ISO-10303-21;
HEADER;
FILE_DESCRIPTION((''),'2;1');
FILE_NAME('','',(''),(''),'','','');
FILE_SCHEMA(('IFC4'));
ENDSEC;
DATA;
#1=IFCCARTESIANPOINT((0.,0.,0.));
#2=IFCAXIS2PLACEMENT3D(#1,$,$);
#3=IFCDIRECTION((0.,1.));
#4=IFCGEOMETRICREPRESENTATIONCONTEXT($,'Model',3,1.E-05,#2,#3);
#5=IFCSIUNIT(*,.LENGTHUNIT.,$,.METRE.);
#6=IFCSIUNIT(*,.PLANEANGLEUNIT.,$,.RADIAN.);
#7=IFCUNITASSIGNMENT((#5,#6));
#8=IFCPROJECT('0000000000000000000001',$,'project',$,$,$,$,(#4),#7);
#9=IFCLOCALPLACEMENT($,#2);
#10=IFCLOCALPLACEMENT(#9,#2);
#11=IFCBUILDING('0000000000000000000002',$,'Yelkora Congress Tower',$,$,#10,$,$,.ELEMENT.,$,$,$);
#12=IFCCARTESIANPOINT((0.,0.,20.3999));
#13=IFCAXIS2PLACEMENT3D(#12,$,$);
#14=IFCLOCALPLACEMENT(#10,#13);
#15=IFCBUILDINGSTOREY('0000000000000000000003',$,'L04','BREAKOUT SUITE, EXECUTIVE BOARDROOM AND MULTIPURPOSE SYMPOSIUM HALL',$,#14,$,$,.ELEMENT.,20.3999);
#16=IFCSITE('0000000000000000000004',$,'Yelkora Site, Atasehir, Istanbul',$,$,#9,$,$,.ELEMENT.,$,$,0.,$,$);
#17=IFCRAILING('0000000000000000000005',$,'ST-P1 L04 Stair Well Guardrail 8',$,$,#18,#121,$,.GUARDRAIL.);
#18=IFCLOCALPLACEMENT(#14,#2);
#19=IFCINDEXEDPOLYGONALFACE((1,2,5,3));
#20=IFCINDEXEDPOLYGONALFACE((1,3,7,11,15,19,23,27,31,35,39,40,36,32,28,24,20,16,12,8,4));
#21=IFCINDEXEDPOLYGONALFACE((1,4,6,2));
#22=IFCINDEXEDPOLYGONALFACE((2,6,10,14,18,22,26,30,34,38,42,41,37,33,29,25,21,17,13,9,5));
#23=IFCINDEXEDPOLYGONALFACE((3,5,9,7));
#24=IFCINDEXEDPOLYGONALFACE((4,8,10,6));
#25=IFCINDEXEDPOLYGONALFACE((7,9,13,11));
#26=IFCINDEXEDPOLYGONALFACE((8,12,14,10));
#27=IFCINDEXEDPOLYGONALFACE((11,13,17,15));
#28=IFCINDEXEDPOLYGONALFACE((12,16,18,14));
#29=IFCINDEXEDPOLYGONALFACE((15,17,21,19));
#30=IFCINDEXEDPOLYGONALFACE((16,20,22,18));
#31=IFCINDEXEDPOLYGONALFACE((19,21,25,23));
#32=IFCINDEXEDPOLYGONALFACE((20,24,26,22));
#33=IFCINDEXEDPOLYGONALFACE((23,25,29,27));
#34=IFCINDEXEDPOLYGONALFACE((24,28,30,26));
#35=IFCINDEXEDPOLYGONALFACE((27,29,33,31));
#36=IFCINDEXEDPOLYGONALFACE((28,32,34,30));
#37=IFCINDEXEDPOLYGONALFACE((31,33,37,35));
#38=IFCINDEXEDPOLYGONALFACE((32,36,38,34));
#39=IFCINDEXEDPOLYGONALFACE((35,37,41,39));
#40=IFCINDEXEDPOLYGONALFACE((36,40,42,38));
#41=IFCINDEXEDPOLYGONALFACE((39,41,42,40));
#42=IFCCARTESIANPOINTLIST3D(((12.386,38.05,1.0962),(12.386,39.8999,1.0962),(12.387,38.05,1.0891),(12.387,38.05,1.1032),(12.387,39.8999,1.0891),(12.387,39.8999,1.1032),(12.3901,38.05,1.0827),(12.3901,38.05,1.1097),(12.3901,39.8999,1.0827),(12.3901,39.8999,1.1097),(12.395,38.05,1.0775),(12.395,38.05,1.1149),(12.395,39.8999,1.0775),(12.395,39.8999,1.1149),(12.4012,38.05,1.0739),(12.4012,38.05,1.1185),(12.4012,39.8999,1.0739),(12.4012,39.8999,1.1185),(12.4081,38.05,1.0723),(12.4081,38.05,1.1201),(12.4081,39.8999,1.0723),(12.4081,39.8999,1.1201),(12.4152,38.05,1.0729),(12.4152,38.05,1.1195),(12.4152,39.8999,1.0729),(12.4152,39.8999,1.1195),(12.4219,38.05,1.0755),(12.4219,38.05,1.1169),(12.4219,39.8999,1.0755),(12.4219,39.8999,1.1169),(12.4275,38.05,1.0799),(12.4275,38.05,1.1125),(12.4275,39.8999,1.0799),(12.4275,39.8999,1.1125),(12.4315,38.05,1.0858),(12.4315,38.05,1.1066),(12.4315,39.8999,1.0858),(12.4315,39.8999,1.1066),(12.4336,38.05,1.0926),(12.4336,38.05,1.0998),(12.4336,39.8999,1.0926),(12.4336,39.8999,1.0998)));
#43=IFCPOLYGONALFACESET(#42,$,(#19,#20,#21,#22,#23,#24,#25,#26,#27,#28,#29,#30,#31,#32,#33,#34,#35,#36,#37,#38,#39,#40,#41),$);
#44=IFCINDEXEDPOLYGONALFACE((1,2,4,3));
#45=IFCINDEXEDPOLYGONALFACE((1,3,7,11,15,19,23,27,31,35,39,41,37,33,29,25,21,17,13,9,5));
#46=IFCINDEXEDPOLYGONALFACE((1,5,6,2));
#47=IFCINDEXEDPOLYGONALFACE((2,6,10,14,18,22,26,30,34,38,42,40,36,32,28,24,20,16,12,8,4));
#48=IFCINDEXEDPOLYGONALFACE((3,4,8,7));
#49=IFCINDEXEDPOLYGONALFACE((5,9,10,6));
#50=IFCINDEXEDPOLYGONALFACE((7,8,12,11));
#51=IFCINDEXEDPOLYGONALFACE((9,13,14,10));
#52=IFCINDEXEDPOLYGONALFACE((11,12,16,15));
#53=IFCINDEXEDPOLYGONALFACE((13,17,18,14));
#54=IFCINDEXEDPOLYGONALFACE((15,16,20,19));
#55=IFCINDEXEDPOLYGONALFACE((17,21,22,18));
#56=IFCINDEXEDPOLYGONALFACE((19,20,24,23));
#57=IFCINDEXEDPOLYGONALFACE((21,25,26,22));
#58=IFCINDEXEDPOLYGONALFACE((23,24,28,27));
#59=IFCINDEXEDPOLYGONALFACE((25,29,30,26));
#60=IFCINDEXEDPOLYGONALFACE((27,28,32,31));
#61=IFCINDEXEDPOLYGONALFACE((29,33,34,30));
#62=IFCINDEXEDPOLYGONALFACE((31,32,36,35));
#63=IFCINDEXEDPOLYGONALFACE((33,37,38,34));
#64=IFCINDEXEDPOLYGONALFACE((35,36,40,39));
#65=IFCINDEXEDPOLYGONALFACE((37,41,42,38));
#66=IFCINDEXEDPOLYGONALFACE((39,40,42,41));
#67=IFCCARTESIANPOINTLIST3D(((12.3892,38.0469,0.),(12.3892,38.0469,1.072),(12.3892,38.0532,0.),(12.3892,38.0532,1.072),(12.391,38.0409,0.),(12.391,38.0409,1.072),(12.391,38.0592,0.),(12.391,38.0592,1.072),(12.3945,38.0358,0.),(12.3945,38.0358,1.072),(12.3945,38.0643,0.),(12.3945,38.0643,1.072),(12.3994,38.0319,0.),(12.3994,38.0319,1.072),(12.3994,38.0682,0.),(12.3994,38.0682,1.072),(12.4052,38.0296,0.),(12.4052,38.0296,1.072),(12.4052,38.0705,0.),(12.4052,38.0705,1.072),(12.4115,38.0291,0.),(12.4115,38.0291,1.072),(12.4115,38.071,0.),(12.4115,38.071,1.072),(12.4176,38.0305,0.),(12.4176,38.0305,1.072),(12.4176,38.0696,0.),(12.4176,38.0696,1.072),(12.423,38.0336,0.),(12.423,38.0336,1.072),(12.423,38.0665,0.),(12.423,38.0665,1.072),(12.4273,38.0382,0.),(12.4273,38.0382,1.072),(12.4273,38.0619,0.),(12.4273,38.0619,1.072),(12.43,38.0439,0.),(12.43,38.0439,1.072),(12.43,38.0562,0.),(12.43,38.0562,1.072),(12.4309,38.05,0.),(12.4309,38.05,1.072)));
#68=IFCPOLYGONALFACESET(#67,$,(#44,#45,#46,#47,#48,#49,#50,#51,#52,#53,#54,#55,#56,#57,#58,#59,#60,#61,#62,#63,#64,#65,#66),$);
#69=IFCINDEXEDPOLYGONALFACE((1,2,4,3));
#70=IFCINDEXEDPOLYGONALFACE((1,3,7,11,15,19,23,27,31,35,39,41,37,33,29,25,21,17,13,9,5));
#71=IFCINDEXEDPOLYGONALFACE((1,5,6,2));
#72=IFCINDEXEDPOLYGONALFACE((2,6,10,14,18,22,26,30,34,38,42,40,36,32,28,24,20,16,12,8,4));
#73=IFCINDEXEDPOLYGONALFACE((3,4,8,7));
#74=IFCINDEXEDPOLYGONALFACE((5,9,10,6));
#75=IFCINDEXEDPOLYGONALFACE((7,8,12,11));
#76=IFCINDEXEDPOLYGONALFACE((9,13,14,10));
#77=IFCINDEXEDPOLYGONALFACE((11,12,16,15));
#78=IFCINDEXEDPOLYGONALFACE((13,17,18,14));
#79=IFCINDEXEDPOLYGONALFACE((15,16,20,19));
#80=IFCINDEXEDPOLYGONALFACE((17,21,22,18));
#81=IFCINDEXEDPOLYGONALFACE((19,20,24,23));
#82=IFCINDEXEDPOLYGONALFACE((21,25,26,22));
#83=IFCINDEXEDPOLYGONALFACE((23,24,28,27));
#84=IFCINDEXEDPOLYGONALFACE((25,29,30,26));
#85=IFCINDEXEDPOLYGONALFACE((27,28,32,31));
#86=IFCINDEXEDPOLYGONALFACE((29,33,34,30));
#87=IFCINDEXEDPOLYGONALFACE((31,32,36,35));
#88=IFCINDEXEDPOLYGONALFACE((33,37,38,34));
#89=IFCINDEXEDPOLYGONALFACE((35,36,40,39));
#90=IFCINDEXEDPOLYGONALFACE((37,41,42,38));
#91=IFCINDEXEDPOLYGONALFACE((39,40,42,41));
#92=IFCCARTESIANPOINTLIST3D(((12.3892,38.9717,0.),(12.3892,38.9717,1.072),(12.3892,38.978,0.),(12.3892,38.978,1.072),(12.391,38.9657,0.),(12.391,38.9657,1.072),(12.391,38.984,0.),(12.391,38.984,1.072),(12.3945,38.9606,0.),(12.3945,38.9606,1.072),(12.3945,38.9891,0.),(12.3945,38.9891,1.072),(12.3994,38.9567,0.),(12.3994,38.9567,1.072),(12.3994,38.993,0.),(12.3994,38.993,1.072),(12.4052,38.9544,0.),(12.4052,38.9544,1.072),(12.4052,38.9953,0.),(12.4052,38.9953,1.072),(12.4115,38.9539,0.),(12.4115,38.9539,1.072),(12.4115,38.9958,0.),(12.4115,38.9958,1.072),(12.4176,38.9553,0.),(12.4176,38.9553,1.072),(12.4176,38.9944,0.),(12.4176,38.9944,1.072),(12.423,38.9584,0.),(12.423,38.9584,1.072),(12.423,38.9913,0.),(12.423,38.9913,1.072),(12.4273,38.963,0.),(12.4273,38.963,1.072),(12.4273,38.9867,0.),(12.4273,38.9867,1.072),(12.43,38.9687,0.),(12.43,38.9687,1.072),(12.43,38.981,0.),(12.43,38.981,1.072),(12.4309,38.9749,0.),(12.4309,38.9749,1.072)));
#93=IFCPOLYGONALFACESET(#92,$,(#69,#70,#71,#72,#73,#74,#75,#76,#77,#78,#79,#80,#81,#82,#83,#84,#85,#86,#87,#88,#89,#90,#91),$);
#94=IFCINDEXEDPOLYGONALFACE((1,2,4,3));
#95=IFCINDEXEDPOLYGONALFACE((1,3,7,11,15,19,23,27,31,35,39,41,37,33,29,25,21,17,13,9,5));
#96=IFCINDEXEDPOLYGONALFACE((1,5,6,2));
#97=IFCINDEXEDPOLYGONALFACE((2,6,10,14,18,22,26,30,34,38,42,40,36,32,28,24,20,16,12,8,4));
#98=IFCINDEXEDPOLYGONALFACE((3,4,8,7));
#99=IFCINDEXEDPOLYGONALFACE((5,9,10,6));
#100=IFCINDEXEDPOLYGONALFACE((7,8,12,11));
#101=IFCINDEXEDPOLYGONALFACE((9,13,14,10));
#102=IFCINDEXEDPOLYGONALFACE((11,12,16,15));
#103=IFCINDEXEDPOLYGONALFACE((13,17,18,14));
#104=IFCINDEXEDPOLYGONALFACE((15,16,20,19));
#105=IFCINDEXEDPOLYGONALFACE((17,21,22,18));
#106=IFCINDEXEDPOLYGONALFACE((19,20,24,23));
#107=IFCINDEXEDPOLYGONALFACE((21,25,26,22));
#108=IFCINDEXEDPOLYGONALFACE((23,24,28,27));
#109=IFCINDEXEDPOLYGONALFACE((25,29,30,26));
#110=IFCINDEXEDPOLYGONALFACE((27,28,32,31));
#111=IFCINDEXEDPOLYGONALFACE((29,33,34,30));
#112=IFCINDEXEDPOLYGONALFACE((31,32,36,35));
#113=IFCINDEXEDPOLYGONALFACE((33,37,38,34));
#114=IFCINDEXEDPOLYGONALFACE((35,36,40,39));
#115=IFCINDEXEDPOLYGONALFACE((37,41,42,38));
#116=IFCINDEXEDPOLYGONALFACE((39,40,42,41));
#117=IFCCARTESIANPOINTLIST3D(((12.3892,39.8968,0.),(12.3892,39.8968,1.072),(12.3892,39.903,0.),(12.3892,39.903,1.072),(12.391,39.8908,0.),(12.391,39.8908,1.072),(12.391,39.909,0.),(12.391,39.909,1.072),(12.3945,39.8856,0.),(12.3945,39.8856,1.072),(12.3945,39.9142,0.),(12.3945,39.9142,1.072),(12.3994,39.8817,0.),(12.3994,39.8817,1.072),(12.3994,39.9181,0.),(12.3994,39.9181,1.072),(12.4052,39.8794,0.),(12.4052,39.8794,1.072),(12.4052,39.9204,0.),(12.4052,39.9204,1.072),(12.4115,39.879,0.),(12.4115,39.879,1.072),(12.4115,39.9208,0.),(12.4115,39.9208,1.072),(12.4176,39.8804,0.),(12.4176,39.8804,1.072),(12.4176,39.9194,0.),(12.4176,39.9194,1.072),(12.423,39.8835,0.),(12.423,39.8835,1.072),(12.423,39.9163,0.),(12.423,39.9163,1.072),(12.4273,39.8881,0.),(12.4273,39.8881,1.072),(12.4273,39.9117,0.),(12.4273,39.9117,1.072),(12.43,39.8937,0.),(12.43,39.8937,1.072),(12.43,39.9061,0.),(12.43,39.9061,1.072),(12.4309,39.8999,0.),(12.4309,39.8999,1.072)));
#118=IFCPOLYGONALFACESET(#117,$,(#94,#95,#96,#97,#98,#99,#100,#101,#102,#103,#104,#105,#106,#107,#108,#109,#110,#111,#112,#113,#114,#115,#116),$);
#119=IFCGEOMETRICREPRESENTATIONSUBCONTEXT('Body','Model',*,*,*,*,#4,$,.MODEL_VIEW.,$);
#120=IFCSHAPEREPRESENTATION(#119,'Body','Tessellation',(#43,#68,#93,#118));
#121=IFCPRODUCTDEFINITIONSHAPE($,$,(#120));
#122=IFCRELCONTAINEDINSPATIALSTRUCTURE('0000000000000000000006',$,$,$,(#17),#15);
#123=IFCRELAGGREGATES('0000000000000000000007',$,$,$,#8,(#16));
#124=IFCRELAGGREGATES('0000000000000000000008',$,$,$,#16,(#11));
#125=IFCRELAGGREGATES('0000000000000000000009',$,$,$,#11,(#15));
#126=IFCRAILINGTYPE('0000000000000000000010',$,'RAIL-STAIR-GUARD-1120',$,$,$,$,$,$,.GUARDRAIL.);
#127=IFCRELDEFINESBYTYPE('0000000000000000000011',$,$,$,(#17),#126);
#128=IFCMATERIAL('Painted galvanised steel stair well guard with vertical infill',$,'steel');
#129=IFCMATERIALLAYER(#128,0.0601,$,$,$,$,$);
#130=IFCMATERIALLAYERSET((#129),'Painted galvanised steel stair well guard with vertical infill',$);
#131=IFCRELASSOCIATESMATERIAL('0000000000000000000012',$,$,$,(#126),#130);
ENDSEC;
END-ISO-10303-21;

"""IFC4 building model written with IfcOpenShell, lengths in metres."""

from ifc_helpers import new_model, si_unit, direction, frame, origin, origin_2d, place, context, subcontext, project, spatial, circle, extrude, material, layer, layer_set, type_object, element, save


model = new_model("IFC4")

# Units and contexts
model_context = context("Model", 3, precision=1e-05, world=origin(), true_north=direction((0.0, 1.0)))
body_context = subcontext(model_context, "Body", "Model", "MODEL_VIEW")
ifc_project = project(units=[si_unit("LENGTHUNIT", "METRE"), si_unit("PLANEANGLEUNIT", "RADIAN")], contexts=[model_context])

# Site, building, storey
site_placement = place(None, origin())
site = spatial("IfcSite", under=ifc_project, at=site_placement, Name="Yelkora Site, Atasehir, Istanbul", CompositionType="ELEMENT", RefElevation=0.0)
building_placement = place(site_placement, origin())
building = spatial("IfcBuilding", under=site, at=building_placement, Name="Yelkora Congress Tower", CompositionType="ELEMENT")
storey_placement = place(building_placement, frame((0.0, 0.0, 20.3999)))
storey = spatial("IfcBuildingStorey", under=building, at=storey_placement, Name="L04", Description="BREAKOUT SUITE, EXECUTIVE BOARDROOM AND MULTIPURPOSE SYMPOSIUM HALL", CompositionType="ELEMENT", Elevation=20.3999)

# Railing
ifc_material_1 = material(Name="Painted galvanised steel stair well guard with vertical infill", Category="steel")
ifc_layer_1 = layer(ifc_material_1, 0.0601)
ifc_layer_set_1 = layer_set([ifc_layer_1], Name="Painted galvanised steel stair well guard with vertical infill")
railing_type_1 = type_object("IfcRailingType", Name="RAIL-STAIR-GUARD-1120", PredefinedType="GUARDRAIL", material=ifc_layer_set_1)
railing_1_placement = place(storey_placement, frame((12.4099, 38.05, 0.0)))
element("IfcRailing", 1, at=railing_1_placement, inside=storey, type_object=railing_type_1, Name="ST-P1 L04 Stair Well Guardrail 8", PredefinedType="GUARDRAIL", context=body_context, shape_type="SweptSolid", body=[
    extrude(circle(Radius=0.0239, at=origin_2d()), frame((0.0, 0.0, 1.0962), z_axis=(0.0, 1.0, 0.0), x_axis=(-1.0, 0.0, 0.0)), (0.0, 0.0, 1.0), 1.8499),
    extrude(circle(Radius=0.021, at=origin_2d()), origin(), (0.0, 0.0, 1.0), 1.072),
    extrude(circle(Radius=0.021, at=origin_2d()), frame((0.0, 0.9248, 0.0)), (0.0, 0.0, 1.0), 1.072),
    extrude(circle(Radius=0.021, at=origin_2d()), frame((0.0, 1.8499, 0.0)), (0.0, 0.0, 1.0), 1.072),
])

save(model, "model.ifc")
